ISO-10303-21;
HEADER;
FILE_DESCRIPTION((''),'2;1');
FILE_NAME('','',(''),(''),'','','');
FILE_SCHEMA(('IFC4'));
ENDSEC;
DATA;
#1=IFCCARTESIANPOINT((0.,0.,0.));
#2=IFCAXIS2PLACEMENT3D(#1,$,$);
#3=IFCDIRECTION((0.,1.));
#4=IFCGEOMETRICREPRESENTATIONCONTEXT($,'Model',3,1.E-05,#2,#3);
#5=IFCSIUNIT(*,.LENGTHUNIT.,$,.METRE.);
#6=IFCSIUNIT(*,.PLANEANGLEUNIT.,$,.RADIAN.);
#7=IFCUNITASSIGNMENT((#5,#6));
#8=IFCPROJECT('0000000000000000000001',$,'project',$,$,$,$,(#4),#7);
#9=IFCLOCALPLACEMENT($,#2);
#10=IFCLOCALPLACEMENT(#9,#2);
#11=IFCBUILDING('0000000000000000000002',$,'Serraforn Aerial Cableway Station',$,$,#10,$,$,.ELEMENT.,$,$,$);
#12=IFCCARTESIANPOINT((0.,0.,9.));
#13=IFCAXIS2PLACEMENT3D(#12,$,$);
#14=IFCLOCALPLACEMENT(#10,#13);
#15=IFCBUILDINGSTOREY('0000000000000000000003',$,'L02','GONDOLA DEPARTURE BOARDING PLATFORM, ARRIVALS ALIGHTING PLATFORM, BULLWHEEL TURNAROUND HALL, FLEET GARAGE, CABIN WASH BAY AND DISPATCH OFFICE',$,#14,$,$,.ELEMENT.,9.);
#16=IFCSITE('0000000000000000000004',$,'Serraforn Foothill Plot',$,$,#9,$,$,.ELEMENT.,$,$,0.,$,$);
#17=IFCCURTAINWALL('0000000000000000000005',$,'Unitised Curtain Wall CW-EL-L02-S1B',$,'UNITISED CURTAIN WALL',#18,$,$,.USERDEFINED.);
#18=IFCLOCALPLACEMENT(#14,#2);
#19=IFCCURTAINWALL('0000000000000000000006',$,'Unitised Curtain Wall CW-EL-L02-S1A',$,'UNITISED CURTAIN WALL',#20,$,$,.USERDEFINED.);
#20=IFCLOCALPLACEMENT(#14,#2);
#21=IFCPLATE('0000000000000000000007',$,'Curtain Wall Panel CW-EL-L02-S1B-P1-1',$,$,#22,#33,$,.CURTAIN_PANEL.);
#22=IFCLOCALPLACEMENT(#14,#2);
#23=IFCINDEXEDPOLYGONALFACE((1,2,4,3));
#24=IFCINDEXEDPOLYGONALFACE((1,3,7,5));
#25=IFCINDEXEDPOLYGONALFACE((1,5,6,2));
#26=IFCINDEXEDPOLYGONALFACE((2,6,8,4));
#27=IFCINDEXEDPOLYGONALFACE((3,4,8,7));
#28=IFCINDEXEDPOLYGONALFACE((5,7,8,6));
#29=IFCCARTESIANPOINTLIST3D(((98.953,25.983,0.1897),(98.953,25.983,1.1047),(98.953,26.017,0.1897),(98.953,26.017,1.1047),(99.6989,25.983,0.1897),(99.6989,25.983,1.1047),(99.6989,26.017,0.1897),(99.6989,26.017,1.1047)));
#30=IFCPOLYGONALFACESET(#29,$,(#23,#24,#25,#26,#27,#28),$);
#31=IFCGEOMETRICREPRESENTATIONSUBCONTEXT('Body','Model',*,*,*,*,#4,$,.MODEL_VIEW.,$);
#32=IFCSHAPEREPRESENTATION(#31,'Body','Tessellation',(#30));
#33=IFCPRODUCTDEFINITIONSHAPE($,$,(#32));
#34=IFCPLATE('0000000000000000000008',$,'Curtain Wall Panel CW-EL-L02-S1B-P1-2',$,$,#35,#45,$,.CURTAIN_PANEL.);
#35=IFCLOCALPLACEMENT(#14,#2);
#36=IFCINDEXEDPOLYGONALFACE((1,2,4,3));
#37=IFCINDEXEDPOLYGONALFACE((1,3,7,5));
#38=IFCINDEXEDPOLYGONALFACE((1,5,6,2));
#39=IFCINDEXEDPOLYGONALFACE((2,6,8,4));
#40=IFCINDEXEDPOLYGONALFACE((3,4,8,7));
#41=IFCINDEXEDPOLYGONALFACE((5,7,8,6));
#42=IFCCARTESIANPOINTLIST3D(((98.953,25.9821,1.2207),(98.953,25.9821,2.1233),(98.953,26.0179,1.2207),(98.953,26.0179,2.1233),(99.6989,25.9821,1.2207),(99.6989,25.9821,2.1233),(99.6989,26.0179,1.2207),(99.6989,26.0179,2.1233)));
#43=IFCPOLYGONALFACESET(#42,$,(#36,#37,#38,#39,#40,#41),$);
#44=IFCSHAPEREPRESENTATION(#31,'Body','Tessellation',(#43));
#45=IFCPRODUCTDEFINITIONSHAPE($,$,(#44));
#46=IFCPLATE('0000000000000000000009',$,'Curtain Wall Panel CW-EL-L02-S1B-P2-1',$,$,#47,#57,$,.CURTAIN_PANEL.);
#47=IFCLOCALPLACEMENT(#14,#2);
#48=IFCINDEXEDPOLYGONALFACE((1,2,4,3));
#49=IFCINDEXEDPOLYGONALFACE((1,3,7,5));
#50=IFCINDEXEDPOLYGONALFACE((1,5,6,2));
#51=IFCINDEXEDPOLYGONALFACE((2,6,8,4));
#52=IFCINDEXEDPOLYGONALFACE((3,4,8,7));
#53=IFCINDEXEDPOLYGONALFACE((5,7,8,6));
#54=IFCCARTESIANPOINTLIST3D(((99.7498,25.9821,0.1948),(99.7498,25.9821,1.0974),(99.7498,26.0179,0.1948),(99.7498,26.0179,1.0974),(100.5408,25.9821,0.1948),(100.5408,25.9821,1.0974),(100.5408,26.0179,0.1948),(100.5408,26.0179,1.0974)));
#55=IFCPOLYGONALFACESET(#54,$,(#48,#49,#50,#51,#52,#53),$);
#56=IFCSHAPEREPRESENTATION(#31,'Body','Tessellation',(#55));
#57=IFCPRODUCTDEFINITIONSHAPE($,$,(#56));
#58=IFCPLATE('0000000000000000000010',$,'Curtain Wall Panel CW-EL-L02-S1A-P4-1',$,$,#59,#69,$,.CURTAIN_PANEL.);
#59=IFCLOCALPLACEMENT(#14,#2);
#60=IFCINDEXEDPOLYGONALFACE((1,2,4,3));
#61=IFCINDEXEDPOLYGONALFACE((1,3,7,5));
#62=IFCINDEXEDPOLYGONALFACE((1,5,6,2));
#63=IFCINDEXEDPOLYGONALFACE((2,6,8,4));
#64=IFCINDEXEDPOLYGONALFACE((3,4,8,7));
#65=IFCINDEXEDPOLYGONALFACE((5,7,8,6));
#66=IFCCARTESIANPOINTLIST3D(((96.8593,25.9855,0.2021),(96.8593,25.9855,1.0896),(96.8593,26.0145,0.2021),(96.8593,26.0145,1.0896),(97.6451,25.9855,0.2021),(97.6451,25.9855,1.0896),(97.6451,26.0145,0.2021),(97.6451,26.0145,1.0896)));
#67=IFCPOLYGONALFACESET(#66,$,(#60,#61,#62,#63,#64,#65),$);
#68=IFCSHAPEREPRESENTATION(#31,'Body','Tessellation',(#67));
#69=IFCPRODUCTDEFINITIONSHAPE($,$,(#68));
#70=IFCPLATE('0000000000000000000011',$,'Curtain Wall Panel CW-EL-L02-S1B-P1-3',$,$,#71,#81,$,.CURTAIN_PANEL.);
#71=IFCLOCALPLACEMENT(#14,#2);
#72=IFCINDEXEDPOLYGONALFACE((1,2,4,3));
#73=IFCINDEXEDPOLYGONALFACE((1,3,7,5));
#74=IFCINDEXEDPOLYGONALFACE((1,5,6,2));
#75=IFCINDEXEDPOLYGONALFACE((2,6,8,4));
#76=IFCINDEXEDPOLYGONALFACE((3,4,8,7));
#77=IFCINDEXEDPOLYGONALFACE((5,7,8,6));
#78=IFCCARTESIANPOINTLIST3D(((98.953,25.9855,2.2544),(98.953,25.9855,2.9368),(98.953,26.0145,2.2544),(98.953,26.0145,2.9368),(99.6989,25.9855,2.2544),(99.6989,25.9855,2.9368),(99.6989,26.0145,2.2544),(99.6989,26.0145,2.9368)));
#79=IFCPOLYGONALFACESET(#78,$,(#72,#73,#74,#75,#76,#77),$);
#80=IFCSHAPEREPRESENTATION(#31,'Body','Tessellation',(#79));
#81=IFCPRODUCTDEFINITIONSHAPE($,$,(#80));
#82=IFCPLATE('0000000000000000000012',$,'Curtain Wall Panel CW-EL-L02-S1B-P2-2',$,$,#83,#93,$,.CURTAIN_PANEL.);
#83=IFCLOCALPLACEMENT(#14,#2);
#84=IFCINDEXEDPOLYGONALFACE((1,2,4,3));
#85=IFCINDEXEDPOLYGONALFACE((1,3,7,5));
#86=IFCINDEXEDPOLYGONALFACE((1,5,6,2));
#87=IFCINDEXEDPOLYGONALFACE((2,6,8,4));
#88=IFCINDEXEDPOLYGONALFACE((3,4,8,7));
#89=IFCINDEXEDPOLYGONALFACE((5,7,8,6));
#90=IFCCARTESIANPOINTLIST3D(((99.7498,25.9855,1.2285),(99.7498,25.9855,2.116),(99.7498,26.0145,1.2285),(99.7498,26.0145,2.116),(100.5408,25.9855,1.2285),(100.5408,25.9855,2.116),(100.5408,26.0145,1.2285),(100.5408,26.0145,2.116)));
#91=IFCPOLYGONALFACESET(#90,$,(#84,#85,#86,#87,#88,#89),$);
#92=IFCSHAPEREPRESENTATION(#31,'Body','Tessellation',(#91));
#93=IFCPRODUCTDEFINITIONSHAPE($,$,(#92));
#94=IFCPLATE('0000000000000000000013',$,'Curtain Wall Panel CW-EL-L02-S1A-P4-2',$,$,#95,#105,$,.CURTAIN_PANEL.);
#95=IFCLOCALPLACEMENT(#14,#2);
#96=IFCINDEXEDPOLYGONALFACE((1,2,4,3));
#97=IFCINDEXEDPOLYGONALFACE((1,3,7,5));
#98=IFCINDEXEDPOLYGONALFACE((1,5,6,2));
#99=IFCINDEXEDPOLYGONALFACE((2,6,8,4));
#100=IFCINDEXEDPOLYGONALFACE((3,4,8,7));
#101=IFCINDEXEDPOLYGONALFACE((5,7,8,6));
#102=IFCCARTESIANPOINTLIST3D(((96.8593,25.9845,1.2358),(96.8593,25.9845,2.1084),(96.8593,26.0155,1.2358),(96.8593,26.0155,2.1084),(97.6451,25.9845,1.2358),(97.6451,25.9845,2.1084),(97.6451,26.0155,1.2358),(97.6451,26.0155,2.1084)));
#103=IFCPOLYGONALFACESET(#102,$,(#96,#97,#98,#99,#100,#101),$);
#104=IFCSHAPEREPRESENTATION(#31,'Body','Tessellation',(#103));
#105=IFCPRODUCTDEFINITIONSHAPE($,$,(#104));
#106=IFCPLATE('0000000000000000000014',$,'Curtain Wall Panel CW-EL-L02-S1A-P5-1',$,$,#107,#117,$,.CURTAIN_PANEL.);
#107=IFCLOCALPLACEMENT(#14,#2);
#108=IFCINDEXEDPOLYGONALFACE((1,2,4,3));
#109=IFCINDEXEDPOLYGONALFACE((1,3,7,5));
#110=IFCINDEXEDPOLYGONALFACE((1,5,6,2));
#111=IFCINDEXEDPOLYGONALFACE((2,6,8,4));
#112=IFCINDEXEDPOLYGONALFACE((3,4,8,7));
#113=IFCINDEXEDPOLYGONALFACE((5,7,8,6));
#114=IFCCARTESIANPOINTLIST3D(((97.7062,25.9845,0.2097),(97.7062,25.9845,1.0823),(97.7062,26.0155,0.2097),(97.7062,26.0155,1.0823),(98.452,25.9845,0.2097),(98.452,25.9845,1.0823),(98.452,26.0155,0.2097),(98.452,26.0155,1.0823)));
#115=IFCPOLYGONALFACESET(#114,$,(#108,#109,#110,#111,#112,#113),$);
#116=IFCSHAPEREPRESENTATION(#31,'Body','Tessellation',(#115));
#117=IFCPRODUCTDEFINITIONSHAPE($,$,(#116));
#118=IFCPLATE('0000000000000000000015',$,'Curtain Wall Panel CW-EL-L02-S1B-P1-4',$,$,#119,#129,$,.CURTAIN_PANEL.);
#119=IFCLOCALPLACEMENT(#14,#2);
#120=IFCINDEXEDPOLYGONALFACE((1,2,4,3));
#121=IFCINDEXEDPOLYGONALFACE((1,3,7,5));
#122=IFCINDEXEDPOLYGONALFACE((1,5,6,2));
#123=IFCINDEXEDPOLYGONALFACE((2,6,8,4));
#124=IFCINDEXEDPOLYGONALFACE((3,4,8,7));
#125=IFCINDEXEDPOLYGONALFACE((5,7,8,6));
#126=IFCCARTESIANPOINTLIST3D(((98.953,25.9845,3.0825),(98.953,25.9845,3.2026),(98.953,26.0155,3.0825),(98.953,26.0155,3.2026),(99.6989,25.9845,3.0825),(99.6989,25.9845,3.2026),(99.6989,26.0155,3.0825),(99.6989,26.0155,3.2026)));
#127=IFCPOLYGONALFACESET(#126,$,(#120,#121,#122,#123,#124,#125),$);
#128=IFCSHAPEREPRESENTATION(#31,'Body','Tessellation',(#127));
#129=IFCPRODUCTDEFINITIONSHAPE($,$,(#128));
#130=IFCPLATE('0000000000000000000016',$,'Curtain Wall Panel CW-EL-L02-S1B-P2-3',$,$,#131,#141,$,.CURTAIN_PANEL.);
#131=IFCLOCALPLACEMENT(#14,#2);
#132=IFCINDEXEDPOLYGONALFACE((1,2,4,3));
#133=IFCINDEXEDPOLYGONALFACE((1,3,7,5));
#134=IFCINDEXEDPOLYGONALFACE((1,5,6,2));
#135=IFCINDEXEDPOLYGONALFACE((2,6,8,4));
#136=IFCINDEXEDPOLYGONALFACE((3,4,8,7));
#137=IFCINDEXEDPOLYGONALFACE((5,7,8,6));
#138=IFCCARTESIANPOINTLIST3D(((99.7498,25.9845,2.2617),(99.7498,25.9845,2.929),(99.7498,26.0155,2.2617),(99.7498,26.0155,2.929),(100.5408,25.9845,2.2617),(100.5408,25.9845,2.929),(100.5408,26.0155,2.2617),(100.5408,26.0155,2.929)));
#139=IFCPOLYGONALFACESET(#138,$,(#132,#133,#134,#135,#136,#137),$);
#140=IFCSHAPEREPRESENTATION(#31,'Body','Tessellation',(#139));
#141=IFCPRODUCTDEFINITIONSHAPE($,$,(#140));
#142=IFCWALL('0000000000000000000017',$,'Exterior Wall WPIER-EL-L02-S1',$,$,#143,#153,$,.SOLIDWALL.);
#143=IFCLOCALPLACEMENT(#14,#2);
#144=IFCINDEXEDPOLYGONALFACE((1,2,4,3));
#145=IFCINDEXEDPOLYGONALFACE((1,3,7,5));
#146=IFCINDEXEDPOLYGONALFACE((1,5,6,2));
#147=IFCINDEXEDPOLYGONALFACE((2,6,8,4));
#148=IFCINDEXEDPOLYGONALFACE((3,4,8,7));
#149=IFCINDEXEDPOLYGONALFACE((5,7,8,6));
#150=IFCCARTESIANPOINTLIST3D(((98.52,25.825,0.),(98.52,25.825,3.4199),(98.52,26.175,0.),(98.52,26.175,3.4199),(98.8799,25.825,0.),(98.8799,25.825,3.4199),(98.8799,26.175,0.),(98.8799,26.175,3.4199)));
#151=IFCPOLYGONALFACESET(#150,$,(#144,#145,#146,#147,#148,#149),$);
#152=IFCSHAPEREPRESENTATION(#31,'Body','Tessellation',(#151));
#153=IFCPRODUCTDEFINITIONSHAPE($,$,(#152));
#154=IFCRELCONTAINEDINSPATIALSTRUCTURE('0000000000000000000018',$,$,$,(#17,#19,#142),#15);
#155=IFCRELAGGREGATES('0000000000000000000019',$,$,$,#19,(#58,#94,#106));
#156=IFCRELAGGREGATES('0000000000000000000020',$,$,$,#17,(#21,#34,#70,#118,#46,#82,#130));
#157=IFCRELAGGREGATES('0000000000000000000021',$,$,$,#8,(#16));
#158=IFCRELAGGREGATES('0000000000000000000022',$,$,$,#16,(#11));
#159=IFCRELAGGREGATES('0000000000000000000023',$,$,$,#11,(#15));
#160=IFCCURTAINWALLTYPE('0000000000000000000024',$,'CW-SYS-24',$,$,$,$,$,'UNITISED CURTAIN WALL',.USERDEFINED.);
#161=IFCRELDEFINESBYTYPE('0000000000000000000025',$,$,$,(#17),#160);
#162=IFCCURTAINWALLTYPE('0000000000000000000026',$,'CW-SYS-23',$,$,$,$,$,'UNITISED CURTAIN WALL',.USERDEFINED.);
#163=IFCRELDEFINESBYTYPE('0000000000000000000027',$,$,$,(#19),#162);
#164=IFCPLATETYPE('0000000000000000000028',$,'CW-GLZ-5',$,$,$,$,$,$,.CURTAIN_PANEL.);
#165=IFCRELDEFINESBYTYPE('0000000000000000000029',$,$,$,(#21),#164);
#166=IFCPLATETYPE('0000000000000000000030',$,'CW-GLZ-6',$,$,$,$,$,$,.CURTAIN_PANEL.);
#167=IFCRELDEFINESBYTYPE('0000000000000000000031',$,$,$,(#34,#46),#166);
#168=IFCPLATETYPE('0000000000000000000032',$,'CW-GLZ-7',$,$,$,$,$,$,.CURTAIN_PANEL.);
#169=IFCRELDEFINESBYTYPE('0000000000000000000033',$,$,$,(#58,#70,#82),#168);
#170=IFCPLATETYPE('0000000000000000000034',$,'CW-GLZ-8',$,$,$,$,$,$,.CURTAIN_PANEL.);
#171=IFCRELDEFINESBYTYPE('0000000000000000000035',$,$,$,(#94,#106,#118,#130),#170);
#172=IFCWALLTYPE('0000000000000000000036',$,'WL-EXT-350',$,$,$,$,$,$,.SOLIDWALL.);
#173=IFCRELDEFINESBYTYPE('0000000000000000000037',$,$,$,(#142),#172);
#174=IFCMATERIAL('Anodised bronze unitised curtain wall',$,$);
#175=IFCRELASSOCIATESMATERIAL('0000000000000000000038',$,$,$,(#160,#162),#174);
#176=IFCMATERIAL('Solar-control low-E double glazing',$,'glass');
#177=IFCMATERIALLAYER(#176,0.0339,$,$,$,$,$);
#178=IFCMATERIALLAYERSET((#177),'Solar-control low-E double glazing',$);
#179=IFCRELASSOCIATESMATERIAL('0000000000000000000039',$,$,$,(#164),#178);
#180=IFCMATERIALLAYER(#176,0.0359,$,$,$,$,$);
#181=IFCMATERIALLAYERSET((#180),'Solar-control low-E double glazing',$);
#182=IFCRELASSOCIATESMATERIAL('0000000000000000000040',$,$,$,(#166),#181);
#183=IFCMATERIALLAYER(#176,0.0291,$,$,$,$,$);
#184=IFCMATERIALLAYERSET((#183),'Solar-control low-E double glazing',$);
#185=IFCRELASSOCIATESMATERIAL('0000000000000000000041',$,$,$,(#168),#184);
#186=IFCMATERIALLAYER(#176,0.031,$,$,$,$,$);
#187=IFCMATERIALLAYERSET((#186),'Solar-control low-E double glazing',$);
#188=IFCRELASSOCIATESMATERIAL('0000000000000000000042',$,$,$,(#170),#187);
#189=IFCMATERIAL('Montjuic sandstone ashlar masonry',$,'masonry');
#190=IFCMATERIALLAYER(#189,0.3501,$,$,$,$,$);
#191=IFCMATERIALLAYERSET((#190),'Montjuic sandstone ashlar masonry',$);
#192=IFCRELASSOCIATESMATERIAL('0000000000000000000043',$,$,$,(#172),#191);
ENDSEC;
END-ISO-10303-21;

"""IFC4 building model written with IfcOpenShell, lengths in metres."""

from ifc_helpers import new_model, si_unit, direction, frame, frame_2d, origin, origin_2d, place, context, subcontext, project, spatial, rectangle, extrude, material, layer, layer_set, type_object, element, aggregate, save


model = new_model("IFC4")

# Units and contexts
model_context = context("Model", 3, precision=1e-05, world=origin(), true_north=direction((0.0, 1.0)))
body_context = subcontext(model_context, "Body", "Model", "MODEL_VIEW")
ifc_project = project(units=[si_unit("LENGTHUNIT", "METRE"), si_unit("PLANEANGLEUNIT", "RADIAN")], contexts=[model_context])

# Site, building, storey
site_placement = place(None, origin())
site = spatial("IfcSite", under=ifc_project, at=site_placement, Name="Serraforn Foothill Plot", CompositionType="ELEMENT", RefElevation=0.0)
building_placement = place(site_placement, origin())
building = spatial("IfcBuilding", under=site, at=building_placement, Name="Serraforn Aerial Cableway Station", CompositionType="ELEMENT")
storey_placement = place(building_placement, frame((0.0, 0.0, 9.0)))
storey = spatial("IfcBuildingStorey", under=building, at=storey_placement, Name="L02", Description="GONDOLA DEPARTURE BOARDING PLATFORM, ARRIVALS ALIGHTING PLATFORM, BULLWHEEL TURNAROUND HALL, FLEET GARAGE, CABIN WASH BAY AND DISPATCH OFFICE", CompositionType="ELEMENT", Elevation=9.0)

# Curtain wall
ifc_material_1 = material(Name="Anodised bronze unitised curtain wall")
curtain_wall_type_1 = type_object("IfcCurtainWallType", Name="CW-SYS-24", ElementType="UNITISED CURTAIN WALL", PredefinedType="USERDEFINED", material=ifc_material_1)
curtain_wall_1_placement = place(storey_placement, origin())
curtain_wall_1 = element("IfcCurtainWall", 1, at=curtain_wall_1_placement, inside=storey, type_object=curtain_wall_type_1, Name="Unitised Curtain Wall CW-EL-L02-S1B", ObjectType="UNITISED CURTAIN WALL", PredefinedType="USERDEFINED")

# Curtain wall
curtain_wall_type_2 = type_object("IfcCurtainWallType", Name="CW-SYS-23", ElementType="UNITISED CURTAIN WALL", PredefinedType="USERDEFINED", material=ifc_material_1)
curtain_wall_2_placement = place(storey_placement, origin())
curtain_wall_2 = element("IfcCurtainWall", 2, at=curtain_wall_2_placement, inside=storey, type_object=curtain_wall_type_2, Name="Unitised Curtain Wall CW-EL-L02-S1A", ObjectType="UNITISED CURTAIN WALL", PredefinedType="USERDEFINED")

# Plates
ifc_material_2 = material(Name="Solar-control low-E double glazing", Category="glass")
ifc_layer_1 = layer(ifc_material_2, 0.0339)
ifc_layer_set_1 = layer_set([ifc_layer_1], Name="Solar-control low-E double glazing")
plate_type_1 = type_object("IfcPlateType", Name="CW-GLZ-5", PredefinedType="CURTAIN_PANEL", material=ifc_layer_set_1)
plate_1_placement = place(storey_placement, frame((99.3259, 26.0, 0.1897), z_axis=(0.0, 0.0, 1.0), x_axis=(1.0, 0.0, 0.0)))
plate_1 = element("IfcPlate", 3, at=plate_1_placement, type_object=plate_type_1, Name="Curtain Wall Panel CW-EL-L02-S1B-P1-1", PredefinedType="CURTAIN_PANEL", context=body_context, shape_type="SweptSolid", body=[
    extrude(rectangle(XDim=0.7458, YDim=0.0339, at=origin_2d()), origin(), (0.0, 0.0, 1.0), 0.915),
])
ifc_layer_2 = layer(ifc_material_2, 0.0359)
ifc_layer_set_2 = layer_set([ifc_layer_2], Name="Solar-control low-E double glazing")
plate_type_2 = type_object("IfcPlateType", Name="CW-GLZ-6", PredefinedType="CURTAIN_PANEL", material=ifc_layer_set_2)
plate_2_placement = place(storey_placement, frame((99.3259, 26.0, 1.2207), z_axis=(0.0, 0.0, 1.0), x_axis=(1.0, 0.0, 0.0)))
plate_2 = element("IfcPlate", 4, at=plate_2_placement, type_object=plate_type_2, Name="Curtain Wall Panel CW-EL-L02-S1B-P1-2", PredefinedType="CURTAIN_PANEL", context=body_context, shape_type="SweptSolid", body=[
    extrude(rectangle(XDim=0.7458, YDim=0.0359, at=origin_2d()), origin(), (0.0, 0.0, 1.0), 0.9026),
])
plate_3_placement = place(storey_placement, frame((100.1453, 26.0, 0.1948), z_axis=(0.0, 0.0, 1.0), x_axis=(1.0, 0.0, 0.0)))
plate_3 = element("IfcPlate", 5, at=plate_3_placement, type_object=plate_type_2, Name="Curtain Wall Panel CW-EL-L02-S1B-P2-1", PredefinedType="CURTAIN_PANEL", context=body_context, shape_type="SweptSolid", body=[
    extrude(rectangle(XDim=0.791, YDim=0.0359, at=origin_2d()), origin(), (0.0, 0.0, 1.0), 0.9026),
])
ifc_layer_3 = layer(ifc_material_2, 0.0291)
ifc_layer_set_3 = layer_set([ifc_layer_3], Name="Solar-control low-E double glazing")
plate_type_3 = type_object("IfcPlateType", Name="CW-GLZ-7", PredefinedType="CURTAIN_PANEL", material=ifc_layer_set_3)
plate_4_placement = place(storey_placement, frame((97.2522, 26.0, 0.2021), z_axis=(0.0, 0.0, 1.0), x_axis=(1.0, 0.0, 0.0)))
plate_4 = element("IfcPlate", 6, at=plate_4_placement, type_object=plate_type_3, Name="Curtain Wall Panel CW-EL-L02-S1A-P4-1", PredefinedType="CURTAIN_PANEL", context=body_context, shape_type="SweptSolid", body=[
    extrude(rectangle(XDim=0.7859, YDim=0.0291, at=origin_2d()), origin(), (0.0, 0.0, 1.0), 0.8875),
])
plate_5_placement = place(storey_placement, frame((99.3259, 26.0, 2.2544), z_axis=(0.0, 0.0, 1.0), x_axis=(1.0, 0.0, 0.0)))
plate_5 = element("IfcPlate", 7, at=plate_5_placement, type_object=plate_type_3, Name="Curtain Wall Panel CW-EL-L02-S1B-P1-3", PredefinedType="CURTAIN_PANEL", context=body_context, shape_type="SweptSolid", body=[
    extrude(rectangle(XDim=0.7458, YDim=0.0291, at=origin_2d()), origin(), (0.0, 0.0, 1.0), 0.6824),
])
plate_6_placement = place(storey_placement, frame((100.1453, 26.0, 1.2285), z_axis=(0.0, 0.0, 1.0), x_axis=(1.0, 0.0, 0.0)))
plate_6 = element("IfcPlate", 8, at=plate_6_placement, type_object=plate_type_3, Name="Curtain Wall Panel CW-EL-L02-S1B-P2-2", PredefinedType="CURTAIN_PANEL", context=body_context, shape_type="SweptSolid", body=[
    extrude(rectangle(XDim=0.791, YDim=0.0291, at=origin_2d()), origin(), (0.0, 0.0, 1.0), 0.8875),
])
ifc_layer_4 = layer(ifc_material_2, 0.031)
ifc_layer_set_4 = layer_set([ifc_layer_4], Name="Solar-control low-E double glazing")
plate_type_4 = type_object("IfcPlateType", Name="CW-GLZ-8", PredefinedType="CURTAIN_PANEL", material=ifc_layer_set_4)
plate_7_placement = place(storey_placement, frame((97.2522, 26.0, 1.2358), z_axis=(0.0, 0.0, 1.0), x_axis=(1.0, 0.0, 0.0)))
plate_7 = element("IfcPlate", 9, at=plate_7_placement, type_object=plate_type_4, Name="Curtain Wall Panel CW-EL-L02-S1A-P4-2", PredefinedType="CURTAIN_PANEL", context=body_context, shape_type="SweptSolid", body=[
    extrude(rectangle(XDim=0.7859, YDim=0.031, at=origin_2d()), origin(), (0.0, 0.0, 1.0), 0.8726),
])
plate_8_placement = place(storey_placement, frame((98.0791, 26.0, 0.2097), z_axis=(0.0, 0.0, 1.0), x_axis=(1.0, 0.0, 0.0)))
plate_8 = element("IfcPlate", 10, at=plate_8_placement, type_object=plate_type_4, Name="Curtain Wall Panel CW-EL-L02-S1A-P5-1", PredefinedType="CURTAIN_PANEL", context=body_context, shape_type="SweptSolid", body=[
    extrude(rectangle(XDim=0.7458, YDim=0.031, at=origin_2d()), origin(), (0.0, 0.0, 1.0), 0.8726),
])
aggregate(curtain_wall_2, [plate_4, plate_7, plate_8])
plate_9_placement = place(storey_placement, frame((99.3259, 26.0, 3.0825), z_axis=(0.0, 0.0, 1.0), x_axis=(1.0, 0.0, 0.0)))
plate_9 = element("IfcPlate", 11, at=plate_9_placement, type_object=plate_type_4, Name="Curtain Wall Panel CW-EL-L02-S1B-P1-4", PredefinedType="CURTAIN_PANEL", context=body_context, shape_type="SweptSolid", body=[
    extrude(rectangle(XDim=0.7458, YDim=0.031, at=origin_2d()), origin(), (0.0, 0.0, 1.0), 0.1201),
])
plate_10_placement = place(storey_placement, frame((100.1453, 26.0, 2.2617), z_axis=(0.0, 0.0, 1.0), x_axis=(1.0, 0.0, 0.0)))
plate_10 = element("IfcPlate", 12, at=plate_10_placement, type_object=plate_type_4, Name="Curtain Wall Panel CW-EL-L02-S1B-P2-3", PredefinedType="CURTAIN_PANEL", context=body_context, shape_type="SweptSolid", body=[
    extrude(rectangle(XDim=0.791, YDim=0.031, at=origin_2d()), origin(), (0.0, 0.0, 1.0), 0.6672),
])
aggregate(curtain_wall_1, [plate_1, plate_2, plate_5, plate_9, plate_3, plate_6, plate_10])

# Wall
ifc_material_3 = material(Name="Montjuic sandstone ashlar masonry", Category="masonry")
ifc_layer_5 = layer(ifc_material_3, 0.3501)
ifc_layer_set_5 = layer_set([ifc_layer_5], Name="Montjuic sandstone ashlar masonry")
wall_type = type_object("IfcWallType", Name="WL-EXT-350", PredefinedType="SOLIDWALL", material=ifc_layer_set_5)
wall_placement = place(storey_placement, frame((98.52, 26.0, 0.0), z_axis=(0.0, 0.0, 1.0), x_axis=(1.0, 0.0, 0.0)))
element("IfcWall", 13, at=wall_placement, inside=storey, type_object=wall_type, Name="Exterior Wall WPIER-EL-L02-S1", PredefinedType="SOLIDWALL", context=body_context, shape_type="SweptSolid", body=[
    extrude(rectangle(XDim=0.3599, YDim=0.3501, at=frame_2d((0.1799, 0.0))), origin(), (0.0, 0.0, 1.0), 3.4199),
])

save(model, "model.ifc")
